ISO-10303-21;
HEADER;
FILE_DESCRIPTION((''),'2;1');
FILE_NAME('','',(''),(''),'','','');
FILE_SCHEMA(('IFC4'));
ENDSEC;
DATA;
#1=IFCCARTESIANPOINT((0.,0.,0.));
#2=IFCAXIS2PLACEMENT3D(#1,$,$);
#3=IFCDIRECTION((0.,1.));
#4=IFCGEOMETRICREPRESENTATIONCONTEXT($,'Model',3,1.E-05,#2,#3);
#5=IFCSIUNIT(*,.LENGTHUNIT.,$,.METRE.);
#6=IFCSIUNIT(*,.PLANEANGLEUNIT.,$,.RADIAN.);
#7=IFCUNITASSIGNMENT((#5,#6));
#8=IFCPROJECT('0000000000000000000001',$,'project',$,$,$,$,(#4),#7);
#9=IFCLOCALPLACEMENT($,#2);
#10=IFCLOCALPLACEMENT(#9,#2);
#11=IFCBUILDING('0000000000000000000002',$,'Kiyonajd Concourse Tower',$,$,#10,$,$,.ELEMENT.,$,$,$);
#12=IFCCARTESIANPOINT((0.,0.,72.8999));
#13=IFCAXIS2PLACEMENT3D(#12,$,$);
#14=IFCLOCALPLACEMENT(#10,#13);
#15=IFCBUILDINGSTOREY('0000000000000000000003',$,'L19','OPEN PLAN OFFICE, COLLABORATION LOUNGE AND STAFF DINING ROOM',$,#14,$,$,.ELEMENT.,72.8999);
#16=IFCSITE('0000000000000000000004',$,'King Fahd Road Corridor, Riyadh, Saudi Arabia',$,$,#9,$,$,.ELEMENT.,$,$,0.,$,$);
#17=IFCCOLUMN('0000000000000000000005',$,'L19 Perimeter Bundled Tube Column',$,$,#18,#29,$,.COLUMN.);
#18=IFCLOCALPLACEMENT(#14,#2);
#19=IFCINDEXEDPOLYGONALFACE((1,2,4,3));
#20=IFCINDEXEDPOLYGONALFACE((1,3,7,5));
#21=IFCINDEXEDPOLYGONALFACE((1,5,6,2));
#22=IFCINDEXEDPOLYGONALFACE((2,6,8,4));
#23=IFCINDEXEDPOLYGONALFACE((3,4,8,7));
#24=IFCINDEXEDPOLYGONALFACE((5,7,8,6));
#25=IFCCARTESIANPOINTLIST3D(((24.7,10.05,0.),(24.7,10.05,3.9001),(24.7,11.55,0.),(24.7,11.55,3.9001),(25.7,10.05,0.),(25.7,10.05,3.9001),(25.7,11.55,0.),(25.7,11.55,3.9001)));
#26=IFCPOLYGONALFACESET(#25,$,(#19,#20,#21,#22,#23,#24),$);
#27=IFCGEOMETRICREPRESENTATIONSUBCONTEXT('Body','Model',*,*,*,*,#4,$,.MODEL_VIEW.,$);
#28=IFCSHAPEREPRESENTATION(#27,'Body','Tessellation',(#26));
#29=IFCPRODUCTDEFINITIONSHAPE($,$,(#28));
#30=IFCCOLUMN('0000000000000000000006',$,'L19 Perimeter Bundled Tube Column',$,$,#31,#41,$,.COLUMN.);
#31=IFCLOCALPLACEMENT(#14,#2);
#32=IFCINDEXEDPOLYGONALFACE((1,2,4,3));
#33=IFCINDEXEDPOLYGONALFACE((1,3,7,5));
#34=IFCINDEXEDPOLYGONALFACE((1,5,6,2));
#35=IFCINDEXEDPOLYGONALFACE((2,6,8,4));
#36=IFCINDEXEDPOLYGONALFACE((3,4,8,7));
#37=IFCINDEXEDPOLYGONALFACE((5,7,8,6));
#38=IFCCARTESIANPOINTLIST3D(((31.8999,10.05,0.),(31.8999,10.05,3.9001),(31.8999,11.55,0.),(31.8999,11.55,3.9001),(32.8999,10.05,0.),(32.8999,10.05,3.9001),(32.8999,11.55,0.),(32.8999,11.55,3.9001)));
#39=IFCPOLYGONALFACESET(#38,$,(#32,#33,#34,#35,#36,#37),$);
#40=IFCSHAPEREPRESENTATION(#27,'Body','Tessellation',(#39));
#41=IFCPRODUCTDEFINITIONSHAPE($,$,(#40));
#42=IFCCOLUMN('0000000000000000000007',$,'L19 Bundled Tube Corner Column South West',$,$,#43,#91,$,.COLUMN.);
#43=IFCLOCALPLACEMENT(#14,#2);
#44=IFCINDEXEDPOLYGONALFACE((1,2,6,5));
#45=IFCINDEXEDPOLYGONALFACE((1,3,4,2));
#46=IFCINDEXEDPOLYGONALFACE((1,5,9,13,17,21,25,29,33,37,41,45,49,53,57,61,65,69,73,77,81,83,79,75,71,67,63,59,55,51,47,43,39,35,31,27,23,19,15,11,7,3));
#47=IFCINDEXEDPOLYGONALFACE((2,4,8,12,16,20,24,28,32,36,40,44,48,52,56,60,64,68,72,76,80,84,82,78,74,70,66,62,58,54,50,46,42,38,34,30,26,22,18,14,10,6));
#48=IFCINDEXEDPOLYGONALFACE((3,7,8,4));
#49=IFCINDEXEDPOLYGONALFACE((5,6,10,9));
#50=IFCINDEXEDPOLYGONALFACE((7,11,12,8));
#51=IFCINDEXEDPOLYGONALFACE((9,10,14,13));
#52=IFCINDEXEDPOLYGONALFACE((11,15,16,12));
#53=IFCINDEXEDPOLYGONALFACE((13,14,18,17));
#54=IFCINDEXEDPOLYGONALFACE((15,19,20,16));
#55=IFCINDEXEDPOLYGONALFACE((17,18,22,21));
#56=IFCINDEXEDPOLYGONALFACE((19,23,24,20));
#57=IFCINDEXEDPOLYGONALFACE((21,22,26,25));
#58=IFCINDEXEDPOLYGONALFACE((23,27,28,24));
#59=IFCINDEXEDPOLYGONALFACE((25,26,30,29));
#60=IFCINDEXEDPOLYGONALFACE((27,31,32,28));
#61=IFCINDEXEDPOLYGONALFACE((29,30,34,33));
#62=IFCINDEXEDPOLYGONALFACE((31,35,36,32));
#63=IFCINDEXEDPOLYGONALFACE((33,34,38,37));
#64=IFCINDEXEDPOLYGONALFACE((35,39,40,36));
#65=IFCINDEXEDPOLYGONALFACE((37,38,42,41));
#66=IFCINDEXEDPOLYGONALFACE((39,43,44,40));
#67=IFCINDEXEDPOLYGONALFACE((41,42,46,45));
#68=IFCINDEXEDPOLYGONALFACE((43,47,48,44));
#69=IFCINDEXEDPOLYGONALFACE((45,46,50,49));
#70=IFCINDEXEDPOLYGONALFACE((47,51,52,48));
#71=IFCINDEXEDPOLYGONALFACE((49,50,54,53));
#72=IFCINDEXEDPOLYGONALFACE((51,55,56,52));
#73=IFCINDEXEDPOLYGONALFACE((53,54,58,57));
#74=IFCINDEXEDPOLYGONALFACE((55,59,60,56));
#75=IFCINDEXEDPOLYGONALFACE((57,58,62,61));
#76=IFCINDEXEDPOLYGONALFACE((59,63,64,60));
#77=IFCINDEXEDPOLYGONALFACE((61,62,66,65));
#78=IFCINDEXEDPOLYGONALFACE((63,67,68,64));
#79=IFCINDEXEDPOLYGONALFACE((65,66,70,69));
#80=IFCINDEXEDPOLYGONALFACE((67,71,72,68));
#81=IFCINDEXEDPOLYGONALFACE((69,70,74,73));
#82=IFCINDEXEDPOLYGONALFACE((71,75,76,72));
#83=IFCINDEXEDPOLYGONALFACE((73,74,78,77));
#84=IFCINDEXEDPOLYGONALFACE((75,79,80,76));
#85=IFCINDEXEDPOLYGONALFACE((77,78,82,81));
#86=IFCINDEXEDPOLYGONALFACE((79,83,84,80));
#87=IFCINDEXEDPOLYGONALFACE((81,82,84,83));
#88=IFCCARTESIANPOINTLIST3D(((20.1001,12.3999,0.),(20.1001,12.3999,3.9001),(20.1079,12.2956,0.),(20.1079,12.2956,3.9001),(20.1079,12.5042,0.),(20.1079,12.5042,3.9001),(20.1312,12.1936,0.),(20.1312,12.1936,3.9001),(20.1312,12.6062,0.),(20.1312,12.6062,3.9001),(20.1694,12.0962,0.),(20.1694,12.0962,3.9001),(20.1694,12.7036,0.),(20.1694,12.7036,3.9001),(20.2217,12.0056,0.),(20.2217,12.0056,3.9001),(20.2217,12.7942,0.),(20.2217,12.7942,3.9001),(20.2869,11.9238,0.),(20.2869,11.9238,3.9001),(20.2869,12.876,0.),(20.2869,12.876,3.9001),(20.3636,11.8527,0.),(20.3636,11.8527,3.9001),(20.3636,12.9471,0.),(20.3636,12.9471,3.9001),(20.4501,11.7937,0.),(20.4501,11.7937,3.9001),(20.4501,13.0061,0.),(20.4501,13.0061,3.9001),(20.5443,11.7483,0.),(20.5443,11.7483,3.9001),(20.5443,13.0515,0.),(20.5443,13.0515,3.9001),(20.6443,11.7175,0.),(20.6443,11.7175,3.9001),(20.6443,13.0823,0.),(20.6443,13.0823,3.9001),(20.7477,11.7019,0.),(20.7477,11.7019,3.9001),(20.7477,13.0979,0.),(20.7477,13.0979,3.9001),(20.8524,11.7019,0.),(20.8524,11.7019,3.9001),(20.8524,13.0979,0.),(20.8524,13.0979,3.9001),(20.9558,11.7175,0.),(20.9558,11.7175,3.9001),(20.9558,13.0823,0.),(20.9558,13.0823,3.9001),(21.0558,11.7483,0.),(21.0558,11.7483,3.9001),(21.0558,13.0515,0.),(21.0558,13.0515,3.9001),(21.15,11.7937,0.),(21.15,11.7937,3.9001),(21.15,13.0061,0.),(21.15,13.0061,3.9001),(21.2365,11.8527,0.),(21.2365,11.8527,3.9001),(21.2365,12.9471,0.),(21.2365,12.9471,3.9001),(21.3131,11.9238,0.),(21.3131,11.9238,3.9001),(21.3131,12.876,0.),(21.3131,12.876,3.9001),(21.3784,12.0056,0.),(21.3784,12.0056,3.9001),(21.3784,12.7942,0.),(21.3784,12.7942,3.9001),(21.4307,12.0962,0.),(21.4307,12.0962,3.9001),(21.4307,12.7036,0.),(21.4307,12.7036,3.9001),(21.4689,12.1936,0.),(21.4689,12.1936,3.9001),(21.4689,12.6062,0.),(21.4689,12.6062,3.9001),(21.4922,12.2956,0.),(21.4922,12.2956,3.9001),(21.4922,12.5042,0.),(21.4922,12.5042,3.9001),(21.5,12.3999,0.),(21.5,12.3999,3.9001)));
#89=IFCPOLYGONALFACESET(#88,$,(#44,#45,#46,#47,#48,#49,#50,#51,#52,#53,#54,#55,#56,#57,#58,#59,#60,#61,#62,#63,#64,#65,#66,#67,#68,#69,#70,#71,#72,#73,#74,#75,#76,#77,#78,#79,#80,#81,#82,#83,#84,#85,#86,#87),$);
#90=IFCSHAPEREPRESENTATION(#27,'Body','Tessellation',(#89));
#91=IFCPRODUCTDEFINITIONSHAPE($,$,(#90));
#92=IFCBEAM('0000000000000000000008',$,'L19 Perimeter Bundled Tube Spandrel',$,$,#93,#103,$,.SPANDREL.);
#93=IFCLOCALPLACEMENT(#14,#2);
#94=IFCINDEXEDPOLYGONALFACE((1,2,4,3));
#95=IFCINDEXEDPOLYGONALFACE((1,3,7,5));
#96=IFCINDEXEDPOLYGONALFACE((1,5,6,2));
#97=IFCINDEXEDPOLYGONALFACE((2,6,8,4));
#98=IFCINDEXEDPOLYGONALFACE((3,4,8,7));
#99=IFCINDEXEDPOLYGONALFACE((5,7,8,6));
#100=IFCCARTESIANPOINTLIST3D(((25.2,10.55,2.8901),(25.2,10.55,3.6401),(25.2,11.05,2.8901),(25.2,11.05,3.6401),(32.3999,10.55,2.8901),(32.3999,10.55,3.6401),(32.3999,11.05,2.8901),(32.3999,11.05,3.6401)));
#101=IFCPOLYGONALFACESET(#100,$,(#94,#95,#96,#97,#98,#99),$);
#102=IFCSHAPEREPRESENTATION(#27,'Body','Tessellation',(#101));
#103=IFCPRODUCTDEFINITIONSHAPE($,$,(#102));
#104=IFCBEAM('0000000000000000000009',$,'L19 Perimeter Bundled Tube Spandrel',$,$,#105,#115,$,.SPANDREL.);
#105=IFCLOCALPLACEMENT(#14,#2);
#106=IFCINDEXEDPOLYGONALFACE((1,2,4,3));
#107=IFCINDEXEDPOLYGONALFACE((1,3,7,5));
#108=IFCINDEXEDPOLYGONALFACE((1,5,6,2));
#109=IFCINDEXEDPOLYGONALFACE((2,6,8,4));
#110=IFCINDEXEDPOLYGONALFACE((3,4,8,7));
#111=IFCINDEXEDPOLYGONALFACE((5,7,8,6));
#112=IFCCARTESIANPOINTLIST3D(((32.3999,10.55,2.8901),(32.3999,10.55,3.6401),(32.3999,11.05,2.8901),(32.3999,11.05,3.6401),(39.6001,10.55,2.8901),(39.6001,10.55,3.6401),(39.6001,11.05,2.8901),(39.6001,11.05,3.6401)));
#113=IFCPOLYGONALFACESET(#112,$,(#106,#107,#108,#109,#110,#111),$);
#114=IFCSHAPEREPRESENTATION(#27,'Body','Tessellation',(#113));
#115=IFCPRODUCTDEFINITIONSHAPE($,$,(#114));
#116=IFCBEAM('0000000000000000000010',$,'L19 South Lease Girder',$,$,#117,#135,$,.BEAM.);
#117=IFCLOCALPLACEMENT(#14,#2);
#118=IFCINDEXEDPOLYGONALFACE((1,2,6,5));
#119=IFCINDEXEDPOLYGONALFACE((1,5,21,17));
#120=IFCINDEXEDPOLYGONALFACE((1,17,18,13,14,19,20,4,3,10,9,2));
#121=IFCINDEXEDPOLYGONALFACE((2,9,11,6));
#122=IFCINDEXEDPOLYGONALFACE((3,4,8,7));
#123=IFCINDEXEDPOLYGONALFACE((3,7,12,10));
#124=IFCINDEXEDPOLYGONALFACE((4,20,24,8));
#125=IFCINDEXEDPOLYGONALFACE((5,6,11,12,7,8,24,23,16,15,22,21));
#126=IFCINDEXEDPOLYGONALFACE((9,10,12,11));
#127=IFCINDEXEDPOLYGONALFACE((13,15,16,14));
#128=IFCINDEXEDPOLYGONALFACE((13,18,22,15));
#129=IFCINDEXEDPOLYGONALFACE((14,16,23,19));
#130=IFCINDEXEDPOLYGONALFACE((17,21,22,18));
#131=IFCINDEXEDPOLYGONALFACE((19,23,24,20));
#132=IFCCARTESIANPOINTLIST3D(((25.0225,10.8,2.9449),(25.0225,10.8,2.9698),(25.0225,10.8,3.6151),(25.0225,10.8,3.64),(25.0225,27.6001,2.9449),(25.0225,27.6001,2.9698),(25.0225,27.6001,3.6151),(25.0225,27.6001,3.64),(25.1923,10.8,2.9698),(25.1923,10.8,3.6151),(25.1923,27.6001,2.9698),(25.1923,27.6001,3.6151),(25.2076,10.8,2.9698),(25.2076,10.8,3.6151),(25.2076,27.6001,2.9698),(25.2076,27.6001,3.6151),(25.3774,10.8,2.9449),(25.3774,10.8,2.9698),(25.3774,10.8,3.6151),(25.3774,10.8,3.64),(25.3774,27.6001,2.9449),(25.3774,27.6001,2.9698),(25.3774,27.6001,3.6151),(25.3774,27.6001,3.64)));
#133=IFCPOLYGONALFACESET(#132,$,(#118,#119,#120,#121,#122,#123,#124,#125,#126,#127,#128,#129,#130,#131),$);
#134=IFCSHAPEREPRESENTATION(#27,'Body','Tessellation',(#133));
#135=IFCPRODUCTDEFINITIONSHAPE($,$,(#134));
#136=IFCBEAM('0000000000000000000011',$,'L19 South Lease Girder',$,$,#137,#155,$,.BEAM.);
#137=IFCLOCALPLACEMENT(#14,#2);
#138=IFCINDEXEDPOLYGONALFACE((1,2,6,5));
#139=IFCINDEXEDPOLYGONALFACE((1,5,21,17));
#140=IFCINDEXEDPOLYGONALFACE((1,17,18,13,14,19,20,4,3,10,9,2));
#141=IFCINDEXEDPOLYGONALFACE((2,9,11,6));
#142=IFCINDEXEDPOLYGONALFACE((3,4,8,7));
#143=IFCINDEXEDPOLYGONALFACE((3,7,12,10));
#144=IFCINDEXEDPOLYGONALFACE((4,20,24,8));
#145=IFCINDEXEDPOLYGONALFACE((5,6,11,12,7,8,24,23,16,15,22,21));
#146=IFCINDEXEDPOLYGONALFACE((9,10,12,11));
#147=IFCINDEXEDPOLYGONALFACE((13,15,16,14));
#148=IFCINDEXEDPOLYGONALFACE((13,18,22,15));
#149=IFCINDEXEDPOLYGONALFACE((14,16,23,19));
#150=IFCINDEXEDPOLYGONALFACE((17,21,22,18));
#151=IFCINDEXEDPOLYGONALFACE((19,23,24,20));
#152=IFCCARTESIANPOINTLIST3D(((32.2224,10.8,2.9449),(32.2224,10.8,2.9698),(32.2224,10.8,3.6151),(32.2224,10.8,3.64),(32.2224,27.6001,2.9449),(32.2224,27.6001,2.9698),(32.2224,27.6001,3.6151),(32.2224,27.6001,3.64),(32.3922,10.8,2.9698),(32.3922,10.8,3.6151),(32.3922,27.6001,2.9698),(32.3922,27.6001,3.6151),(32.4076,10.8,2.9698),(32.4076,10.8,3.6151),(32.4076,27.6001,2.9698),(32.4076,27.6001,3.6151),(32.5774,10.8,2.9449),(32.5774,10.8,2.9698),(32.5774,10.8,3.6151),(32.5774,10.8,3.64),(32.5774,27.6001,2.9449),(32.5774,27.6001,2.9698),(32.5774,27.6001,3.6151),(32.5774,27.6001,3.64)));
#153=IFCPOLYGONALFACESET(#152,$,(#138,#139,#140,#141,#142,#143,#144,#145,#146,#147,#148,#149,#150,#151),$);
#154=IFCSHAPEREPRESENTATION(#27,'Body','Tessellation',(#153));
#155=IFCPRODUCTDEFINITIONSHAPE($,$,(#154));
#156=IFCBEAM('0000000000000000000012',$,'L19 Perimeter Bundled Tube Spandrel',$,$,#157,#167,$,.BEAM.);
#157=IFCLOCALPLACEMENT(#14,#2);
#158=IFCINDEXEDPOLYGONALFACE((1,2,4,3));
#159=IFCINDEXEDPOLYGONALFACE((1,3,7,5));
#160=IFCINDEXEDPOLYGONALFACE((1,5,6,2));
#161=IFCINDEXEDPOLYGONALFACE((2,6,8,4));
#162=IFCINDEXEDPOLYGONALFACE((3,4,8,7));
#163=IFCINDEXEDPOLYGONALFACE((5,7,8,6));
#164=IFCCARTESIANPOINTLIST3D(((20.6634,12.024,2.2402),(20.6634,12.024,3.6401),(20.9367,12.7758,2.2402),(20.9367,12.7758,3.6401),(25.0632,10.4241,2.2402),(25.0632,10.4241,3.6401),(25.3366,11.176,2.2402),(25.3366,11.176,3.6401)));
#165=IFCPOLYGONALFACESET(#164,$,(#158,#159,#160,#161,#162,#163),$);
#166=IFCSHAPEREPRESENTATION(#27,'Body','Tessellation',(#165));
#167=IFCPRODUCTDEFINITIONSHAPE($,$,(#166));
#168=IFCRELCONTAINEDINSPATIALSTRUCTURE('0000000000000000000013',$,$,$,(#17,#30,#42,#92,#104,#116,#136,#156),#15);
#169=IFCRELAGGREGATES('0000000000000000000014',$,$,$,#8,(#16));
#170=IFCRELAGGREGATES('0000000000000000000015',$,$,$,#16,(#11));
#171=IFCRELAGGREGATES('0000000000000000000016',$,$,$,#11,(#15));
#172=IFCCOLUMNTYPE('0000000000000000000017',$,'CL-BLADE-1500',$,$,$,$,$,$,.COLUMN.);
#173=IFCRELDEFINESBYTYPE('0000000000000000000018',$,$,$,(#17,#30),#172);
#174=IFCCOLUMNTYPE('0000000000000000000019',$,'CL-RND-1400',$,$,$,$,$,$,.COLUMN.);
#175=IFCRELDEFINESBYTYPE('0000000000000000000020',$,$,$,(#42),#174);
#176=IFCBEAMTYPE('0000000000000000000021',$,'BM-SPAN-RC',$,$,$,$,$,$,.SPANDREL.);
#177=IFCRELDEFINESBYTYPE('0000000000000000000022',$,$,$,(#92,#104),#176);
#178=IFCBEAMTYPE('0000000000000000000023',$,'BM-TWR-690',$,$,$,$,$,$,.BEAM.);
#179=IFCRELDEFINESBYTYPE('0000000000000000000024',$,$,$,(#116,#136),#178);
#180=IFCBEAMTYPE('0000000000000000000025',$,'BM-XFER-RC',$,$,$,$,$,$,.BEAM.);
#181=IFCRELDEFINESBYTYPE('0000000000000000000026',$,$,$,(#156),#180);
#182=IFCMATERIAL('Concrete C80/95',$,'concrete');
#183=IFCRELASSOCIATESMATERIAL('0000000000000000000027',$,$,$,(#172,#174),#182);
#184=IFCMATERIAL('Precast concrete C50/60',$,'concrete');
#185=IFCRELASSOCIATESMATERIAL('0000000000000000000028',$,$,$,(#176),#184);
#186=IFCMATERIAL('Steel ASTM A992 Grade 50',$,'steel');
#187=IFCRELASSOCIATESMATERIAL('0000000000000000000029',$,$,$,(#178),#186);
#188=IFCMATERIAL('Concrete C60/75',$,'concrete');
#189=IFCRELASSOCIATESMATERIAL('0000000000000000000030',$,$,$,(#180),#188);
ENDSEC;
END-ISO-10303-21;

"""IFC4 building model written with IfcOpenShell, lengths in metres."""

from ifc_helpers import new_model, si_unit, direction, frame, origin, origin_2d, place, context, subcontext, project, spatial, rectangle, circle, i_section, extrude, material, material_profile, profile_set, type_object, element, save


model = new_model("IFC4")

# Units and contexts
model_context = context("Model", 3, precision=1e-05, world=origin(), true_north=direction((0.0, 1.0)))
body_context = subcontext(model_context, "Body", "Model", "MODEL_VIEW")
ifc_project = project(units=[si_unit("LENGTHUNIT", "METRE"), si_unit("PLANEANGLEUNIT", "RADIAN")], contexts=[model_context])

# Site, building, storey
site_placement = place(None, origin())
site = spatial("IfcSite", under=ifc_project, at=site_placement, Name="King Fahd Road Corridor, Riyadh, Saudi Arabia", CompositionType="ELEMENT", RefElevation=0.0)
building_placement = place(site_placement, origin())
building = spatial("IfcBuilding", under=site, at=building_placement, Name="Kiyonajd Concourse Tower", CompositionType="ELEMENT")
storey_placement = place(building_placement, frame((0.0, 0.0, 72.8999)))
storey = spatial("IfcBuildingStorey", under=building, at=storey_placement, Name="L19", Description="OPEN PLAN OFFICE, COLLABORATION LOUNGE AND STAFF DINING ROOM", CompositionType="ELEMENT", Elevation=72.8999)

# Columns
ifc_material_1 = material(Name="Concrete C80/95", Category="concrete")
ifc_material_profile_1 = material_profile(ifc_material_1, rectangle(XDim=1.0, YDim=1.5, at=origin_2d()), Name="RC-1500x1000")
ifc_profile_set_1 = profile_set([ifc_material_profile_1], Name="Concrete C80/95")
column_type_1 = type_object("IfcColumnType", Name="CL-BLADE-1500", PredefinedType="COLUMN", material=ifc_profile_set_1)
for number, where, z_axis, x_axis, name in (
    (1, (25.2, 10.8, 0.0), (0.0, 0.0, 1.0), (1.0, 0.0, 0.0), "L19 Perimeter Bundled Tube Column"),
    (2, (32.3999, 10.8, 0.0), (0.0, 0.0, 1.0), (1.0, 0.0, 0.0), "L19 Perimeter Bundled Tube Column"),
):
    element("IfcColumn", number, at=place(storey_placement, frame(where, z_axis=z_axis, x_axis=x_axis)), inside=storey, type_object=column_type_1, Name=name, PredefinedType="COLUMN", context=body_context, shape_type="SweptSolid", body=[
        extrude(rectangle(XDim=1.0, YDim=1.5, at=origin_2d()), origin(), (0.0, 0.0, 1.0), 3.9001),
    ])
ifc_material_profile_2 = material_profile(ifc_material_1, circle(Radius=0.7, at=origin_2d()), Name="RCC-D1400")
ifc_profile_set_2 = profile_set([ifc_material_profile_2], Name="Concrete C80/95")
column_type_2 = type_object("IfcColumnType", Name="CL-RND-1400", PredefinedType="COLUMN", material=ifc_profile_set_2)
column_placement = place(storey_placement, frame((20.8, 12.3999, 0.0), z_axis=(0.0, 0.0, 1.0), x_axis=(1.0, 0.0, 0.0)))
element("IfcColumn", 3, at=column_placement, inside=storey, type_object=column_type_2, Name="L19 Bundled Tube Corner Column South West", PredefinedType="COLUMN", context=body_context, shape_type="SweptSolid", body=[
    extrude(circle(Radius=0.7, at=origin_2d()), origin(), (0.0, 0.0, 1.0), 3.9001),
])

# Beams
ifc_material_2 = material(Name="Precast concrete C50/60", Category="concrete")
ifc_material_profile_3 = material_profile(ifc_material_2, rectangle(XDim=0.5, YDim=0.75, at=origin_2d()), Name="RCBM-500x750")
ifc_profile_set_3 = profile_set([ifc_material_profile_3], Name="Precast concrete C50/60")
beam_type_1 = type_object("IfcBeamType", Name="BM-SPAN-RC", PredefinedType="SPANDREL", material=ifc_profile_set_3)
beam_1_placement = place(storey_placement, frame((25.2, 10.8, 3.2651), z_axis=(1.0, 0.0, 0.0), x_axis=(0.0, 1.0, 0.0)))
element("IfcBeam", 4, at=beam_1_placement, inside=storey, type_object=beam_type_1, Name="L19 Perimeter Bundled Tube Spandrel", PredefinedType="SPANDREL", context=body_context, shape_type="SweptSolid", body=[
    extrude(rectangle(XDim=0.5, YDim=0.75, at=origin_2d()), origin(), (0.0, 0.0, 1.0), 7.2),
])
beam_2_placement = place(storey_placement, frame((32.3999, 10.8, 3.2651), z_axis=(1.0, 0.0, 0.0), x_axis=(0.0, 1.0, 0.0)))
element("IfcBeam", 5, at=beam_2_placement, inside=storey, type_object=beam_type_1, Name="L19 Perimeter Bundled Tube Spandrel", PredefinedType="SPANDREL", context=body_context, shape_type="SweptSolid", body=[
    extrude(rectangle(XDim=0.5, YDim=0.75, at=origin_2d()), origin(), (0.0, 0.0, 1.0), 7.2002),
])
ifc_material_3 = material(Name="Steel ASTM A992 Grade 50", Category="steel")
ifc_material_profile_4 = material_profile(ifc_material_3, i_section(OverallWidth=0.355, OverallDepth=0.6951, WebThickness=0.0154, FlangeThickness=0.0249, at=origin_2d()), Name="W690X217")
ifc_profile_set_4 = profile_set([ifc_material_profile_4], Name="Steel ASTM A992 Grade 50")
beam_type_2 = type_object("IfcBeamType", Name="BM-TWR-690", PredefinedType="BEAM", material=ifc_profile_set_4)
for number, where, z_axis, x_axis, name in (
    (6, (25.2, 10.8, 3.2925), (0.0, 1.0, 0.0), (-1.0, 0.0, 0.0), "L19 South Lease Girder"),
    (7, (32.3999, 10.8, 3.2925), (0.0, 1.0, 0.0), (-1.0, 0.0, 0.0), "L19 South Lease Girder"),
):
    element("IfcBeam", number, at=place(storey_placement, frame(where, z_axis=z_axis, x_axis=x_axis)), inside=storey, type_object=beam_type_2, Name=name, PredefinedType="BEAM", context=body_context, shape_type="SweptSolid", body=[
        extrude(i_section(OverallWidth=0.355, OverallDepth=0.6951, WebThickness=0.0154, FlangeThickness=0.0249, at=origin_2d()), origin(), (0.0, 0.0, 1.0), 16.8),
    ])
ifc_material_4 = material(Name="Concrete C60/75", Category="concrete")
ifc_material_profile_5 = material_profile(ifc_material_4, rectangle(XDim=0.8, YDim=1.3999, at=origin_2d()), Name="RCBM-800x1400")
ifc_profile_set_5 = profile_set([ifc_material_profile_5], Name="Concrete C60/75")
beam_type_3 = type_object("IfcBeamType", Name="BM-XFER-RC", PredefinedType="BEAM", material=ifc_profile_set_5)
beam_3_placement = place(storey_placement, frame((20.8, 12.3999, 2.9402), z_axis=(0.939801, -0.341722, 0.0), x_axis=(0.341722, 0.939801, 0.0)))
element("IfcBeam", 8, at=beam_3_placement, inside=storey, type_object=beam_type_3, Name="L19 Perimeter Bundled Tube Spandrel", PredefinedType="BEAM", context=body_context, shape_type="SweptSolid", body=[
    extrude(rectangle(XDim=0.8, YDim=1.3999, at=origin_2d()), origin(), (0.0, 0.0, 1.0), 4.6816),
])

save(model, "model.ifc")
